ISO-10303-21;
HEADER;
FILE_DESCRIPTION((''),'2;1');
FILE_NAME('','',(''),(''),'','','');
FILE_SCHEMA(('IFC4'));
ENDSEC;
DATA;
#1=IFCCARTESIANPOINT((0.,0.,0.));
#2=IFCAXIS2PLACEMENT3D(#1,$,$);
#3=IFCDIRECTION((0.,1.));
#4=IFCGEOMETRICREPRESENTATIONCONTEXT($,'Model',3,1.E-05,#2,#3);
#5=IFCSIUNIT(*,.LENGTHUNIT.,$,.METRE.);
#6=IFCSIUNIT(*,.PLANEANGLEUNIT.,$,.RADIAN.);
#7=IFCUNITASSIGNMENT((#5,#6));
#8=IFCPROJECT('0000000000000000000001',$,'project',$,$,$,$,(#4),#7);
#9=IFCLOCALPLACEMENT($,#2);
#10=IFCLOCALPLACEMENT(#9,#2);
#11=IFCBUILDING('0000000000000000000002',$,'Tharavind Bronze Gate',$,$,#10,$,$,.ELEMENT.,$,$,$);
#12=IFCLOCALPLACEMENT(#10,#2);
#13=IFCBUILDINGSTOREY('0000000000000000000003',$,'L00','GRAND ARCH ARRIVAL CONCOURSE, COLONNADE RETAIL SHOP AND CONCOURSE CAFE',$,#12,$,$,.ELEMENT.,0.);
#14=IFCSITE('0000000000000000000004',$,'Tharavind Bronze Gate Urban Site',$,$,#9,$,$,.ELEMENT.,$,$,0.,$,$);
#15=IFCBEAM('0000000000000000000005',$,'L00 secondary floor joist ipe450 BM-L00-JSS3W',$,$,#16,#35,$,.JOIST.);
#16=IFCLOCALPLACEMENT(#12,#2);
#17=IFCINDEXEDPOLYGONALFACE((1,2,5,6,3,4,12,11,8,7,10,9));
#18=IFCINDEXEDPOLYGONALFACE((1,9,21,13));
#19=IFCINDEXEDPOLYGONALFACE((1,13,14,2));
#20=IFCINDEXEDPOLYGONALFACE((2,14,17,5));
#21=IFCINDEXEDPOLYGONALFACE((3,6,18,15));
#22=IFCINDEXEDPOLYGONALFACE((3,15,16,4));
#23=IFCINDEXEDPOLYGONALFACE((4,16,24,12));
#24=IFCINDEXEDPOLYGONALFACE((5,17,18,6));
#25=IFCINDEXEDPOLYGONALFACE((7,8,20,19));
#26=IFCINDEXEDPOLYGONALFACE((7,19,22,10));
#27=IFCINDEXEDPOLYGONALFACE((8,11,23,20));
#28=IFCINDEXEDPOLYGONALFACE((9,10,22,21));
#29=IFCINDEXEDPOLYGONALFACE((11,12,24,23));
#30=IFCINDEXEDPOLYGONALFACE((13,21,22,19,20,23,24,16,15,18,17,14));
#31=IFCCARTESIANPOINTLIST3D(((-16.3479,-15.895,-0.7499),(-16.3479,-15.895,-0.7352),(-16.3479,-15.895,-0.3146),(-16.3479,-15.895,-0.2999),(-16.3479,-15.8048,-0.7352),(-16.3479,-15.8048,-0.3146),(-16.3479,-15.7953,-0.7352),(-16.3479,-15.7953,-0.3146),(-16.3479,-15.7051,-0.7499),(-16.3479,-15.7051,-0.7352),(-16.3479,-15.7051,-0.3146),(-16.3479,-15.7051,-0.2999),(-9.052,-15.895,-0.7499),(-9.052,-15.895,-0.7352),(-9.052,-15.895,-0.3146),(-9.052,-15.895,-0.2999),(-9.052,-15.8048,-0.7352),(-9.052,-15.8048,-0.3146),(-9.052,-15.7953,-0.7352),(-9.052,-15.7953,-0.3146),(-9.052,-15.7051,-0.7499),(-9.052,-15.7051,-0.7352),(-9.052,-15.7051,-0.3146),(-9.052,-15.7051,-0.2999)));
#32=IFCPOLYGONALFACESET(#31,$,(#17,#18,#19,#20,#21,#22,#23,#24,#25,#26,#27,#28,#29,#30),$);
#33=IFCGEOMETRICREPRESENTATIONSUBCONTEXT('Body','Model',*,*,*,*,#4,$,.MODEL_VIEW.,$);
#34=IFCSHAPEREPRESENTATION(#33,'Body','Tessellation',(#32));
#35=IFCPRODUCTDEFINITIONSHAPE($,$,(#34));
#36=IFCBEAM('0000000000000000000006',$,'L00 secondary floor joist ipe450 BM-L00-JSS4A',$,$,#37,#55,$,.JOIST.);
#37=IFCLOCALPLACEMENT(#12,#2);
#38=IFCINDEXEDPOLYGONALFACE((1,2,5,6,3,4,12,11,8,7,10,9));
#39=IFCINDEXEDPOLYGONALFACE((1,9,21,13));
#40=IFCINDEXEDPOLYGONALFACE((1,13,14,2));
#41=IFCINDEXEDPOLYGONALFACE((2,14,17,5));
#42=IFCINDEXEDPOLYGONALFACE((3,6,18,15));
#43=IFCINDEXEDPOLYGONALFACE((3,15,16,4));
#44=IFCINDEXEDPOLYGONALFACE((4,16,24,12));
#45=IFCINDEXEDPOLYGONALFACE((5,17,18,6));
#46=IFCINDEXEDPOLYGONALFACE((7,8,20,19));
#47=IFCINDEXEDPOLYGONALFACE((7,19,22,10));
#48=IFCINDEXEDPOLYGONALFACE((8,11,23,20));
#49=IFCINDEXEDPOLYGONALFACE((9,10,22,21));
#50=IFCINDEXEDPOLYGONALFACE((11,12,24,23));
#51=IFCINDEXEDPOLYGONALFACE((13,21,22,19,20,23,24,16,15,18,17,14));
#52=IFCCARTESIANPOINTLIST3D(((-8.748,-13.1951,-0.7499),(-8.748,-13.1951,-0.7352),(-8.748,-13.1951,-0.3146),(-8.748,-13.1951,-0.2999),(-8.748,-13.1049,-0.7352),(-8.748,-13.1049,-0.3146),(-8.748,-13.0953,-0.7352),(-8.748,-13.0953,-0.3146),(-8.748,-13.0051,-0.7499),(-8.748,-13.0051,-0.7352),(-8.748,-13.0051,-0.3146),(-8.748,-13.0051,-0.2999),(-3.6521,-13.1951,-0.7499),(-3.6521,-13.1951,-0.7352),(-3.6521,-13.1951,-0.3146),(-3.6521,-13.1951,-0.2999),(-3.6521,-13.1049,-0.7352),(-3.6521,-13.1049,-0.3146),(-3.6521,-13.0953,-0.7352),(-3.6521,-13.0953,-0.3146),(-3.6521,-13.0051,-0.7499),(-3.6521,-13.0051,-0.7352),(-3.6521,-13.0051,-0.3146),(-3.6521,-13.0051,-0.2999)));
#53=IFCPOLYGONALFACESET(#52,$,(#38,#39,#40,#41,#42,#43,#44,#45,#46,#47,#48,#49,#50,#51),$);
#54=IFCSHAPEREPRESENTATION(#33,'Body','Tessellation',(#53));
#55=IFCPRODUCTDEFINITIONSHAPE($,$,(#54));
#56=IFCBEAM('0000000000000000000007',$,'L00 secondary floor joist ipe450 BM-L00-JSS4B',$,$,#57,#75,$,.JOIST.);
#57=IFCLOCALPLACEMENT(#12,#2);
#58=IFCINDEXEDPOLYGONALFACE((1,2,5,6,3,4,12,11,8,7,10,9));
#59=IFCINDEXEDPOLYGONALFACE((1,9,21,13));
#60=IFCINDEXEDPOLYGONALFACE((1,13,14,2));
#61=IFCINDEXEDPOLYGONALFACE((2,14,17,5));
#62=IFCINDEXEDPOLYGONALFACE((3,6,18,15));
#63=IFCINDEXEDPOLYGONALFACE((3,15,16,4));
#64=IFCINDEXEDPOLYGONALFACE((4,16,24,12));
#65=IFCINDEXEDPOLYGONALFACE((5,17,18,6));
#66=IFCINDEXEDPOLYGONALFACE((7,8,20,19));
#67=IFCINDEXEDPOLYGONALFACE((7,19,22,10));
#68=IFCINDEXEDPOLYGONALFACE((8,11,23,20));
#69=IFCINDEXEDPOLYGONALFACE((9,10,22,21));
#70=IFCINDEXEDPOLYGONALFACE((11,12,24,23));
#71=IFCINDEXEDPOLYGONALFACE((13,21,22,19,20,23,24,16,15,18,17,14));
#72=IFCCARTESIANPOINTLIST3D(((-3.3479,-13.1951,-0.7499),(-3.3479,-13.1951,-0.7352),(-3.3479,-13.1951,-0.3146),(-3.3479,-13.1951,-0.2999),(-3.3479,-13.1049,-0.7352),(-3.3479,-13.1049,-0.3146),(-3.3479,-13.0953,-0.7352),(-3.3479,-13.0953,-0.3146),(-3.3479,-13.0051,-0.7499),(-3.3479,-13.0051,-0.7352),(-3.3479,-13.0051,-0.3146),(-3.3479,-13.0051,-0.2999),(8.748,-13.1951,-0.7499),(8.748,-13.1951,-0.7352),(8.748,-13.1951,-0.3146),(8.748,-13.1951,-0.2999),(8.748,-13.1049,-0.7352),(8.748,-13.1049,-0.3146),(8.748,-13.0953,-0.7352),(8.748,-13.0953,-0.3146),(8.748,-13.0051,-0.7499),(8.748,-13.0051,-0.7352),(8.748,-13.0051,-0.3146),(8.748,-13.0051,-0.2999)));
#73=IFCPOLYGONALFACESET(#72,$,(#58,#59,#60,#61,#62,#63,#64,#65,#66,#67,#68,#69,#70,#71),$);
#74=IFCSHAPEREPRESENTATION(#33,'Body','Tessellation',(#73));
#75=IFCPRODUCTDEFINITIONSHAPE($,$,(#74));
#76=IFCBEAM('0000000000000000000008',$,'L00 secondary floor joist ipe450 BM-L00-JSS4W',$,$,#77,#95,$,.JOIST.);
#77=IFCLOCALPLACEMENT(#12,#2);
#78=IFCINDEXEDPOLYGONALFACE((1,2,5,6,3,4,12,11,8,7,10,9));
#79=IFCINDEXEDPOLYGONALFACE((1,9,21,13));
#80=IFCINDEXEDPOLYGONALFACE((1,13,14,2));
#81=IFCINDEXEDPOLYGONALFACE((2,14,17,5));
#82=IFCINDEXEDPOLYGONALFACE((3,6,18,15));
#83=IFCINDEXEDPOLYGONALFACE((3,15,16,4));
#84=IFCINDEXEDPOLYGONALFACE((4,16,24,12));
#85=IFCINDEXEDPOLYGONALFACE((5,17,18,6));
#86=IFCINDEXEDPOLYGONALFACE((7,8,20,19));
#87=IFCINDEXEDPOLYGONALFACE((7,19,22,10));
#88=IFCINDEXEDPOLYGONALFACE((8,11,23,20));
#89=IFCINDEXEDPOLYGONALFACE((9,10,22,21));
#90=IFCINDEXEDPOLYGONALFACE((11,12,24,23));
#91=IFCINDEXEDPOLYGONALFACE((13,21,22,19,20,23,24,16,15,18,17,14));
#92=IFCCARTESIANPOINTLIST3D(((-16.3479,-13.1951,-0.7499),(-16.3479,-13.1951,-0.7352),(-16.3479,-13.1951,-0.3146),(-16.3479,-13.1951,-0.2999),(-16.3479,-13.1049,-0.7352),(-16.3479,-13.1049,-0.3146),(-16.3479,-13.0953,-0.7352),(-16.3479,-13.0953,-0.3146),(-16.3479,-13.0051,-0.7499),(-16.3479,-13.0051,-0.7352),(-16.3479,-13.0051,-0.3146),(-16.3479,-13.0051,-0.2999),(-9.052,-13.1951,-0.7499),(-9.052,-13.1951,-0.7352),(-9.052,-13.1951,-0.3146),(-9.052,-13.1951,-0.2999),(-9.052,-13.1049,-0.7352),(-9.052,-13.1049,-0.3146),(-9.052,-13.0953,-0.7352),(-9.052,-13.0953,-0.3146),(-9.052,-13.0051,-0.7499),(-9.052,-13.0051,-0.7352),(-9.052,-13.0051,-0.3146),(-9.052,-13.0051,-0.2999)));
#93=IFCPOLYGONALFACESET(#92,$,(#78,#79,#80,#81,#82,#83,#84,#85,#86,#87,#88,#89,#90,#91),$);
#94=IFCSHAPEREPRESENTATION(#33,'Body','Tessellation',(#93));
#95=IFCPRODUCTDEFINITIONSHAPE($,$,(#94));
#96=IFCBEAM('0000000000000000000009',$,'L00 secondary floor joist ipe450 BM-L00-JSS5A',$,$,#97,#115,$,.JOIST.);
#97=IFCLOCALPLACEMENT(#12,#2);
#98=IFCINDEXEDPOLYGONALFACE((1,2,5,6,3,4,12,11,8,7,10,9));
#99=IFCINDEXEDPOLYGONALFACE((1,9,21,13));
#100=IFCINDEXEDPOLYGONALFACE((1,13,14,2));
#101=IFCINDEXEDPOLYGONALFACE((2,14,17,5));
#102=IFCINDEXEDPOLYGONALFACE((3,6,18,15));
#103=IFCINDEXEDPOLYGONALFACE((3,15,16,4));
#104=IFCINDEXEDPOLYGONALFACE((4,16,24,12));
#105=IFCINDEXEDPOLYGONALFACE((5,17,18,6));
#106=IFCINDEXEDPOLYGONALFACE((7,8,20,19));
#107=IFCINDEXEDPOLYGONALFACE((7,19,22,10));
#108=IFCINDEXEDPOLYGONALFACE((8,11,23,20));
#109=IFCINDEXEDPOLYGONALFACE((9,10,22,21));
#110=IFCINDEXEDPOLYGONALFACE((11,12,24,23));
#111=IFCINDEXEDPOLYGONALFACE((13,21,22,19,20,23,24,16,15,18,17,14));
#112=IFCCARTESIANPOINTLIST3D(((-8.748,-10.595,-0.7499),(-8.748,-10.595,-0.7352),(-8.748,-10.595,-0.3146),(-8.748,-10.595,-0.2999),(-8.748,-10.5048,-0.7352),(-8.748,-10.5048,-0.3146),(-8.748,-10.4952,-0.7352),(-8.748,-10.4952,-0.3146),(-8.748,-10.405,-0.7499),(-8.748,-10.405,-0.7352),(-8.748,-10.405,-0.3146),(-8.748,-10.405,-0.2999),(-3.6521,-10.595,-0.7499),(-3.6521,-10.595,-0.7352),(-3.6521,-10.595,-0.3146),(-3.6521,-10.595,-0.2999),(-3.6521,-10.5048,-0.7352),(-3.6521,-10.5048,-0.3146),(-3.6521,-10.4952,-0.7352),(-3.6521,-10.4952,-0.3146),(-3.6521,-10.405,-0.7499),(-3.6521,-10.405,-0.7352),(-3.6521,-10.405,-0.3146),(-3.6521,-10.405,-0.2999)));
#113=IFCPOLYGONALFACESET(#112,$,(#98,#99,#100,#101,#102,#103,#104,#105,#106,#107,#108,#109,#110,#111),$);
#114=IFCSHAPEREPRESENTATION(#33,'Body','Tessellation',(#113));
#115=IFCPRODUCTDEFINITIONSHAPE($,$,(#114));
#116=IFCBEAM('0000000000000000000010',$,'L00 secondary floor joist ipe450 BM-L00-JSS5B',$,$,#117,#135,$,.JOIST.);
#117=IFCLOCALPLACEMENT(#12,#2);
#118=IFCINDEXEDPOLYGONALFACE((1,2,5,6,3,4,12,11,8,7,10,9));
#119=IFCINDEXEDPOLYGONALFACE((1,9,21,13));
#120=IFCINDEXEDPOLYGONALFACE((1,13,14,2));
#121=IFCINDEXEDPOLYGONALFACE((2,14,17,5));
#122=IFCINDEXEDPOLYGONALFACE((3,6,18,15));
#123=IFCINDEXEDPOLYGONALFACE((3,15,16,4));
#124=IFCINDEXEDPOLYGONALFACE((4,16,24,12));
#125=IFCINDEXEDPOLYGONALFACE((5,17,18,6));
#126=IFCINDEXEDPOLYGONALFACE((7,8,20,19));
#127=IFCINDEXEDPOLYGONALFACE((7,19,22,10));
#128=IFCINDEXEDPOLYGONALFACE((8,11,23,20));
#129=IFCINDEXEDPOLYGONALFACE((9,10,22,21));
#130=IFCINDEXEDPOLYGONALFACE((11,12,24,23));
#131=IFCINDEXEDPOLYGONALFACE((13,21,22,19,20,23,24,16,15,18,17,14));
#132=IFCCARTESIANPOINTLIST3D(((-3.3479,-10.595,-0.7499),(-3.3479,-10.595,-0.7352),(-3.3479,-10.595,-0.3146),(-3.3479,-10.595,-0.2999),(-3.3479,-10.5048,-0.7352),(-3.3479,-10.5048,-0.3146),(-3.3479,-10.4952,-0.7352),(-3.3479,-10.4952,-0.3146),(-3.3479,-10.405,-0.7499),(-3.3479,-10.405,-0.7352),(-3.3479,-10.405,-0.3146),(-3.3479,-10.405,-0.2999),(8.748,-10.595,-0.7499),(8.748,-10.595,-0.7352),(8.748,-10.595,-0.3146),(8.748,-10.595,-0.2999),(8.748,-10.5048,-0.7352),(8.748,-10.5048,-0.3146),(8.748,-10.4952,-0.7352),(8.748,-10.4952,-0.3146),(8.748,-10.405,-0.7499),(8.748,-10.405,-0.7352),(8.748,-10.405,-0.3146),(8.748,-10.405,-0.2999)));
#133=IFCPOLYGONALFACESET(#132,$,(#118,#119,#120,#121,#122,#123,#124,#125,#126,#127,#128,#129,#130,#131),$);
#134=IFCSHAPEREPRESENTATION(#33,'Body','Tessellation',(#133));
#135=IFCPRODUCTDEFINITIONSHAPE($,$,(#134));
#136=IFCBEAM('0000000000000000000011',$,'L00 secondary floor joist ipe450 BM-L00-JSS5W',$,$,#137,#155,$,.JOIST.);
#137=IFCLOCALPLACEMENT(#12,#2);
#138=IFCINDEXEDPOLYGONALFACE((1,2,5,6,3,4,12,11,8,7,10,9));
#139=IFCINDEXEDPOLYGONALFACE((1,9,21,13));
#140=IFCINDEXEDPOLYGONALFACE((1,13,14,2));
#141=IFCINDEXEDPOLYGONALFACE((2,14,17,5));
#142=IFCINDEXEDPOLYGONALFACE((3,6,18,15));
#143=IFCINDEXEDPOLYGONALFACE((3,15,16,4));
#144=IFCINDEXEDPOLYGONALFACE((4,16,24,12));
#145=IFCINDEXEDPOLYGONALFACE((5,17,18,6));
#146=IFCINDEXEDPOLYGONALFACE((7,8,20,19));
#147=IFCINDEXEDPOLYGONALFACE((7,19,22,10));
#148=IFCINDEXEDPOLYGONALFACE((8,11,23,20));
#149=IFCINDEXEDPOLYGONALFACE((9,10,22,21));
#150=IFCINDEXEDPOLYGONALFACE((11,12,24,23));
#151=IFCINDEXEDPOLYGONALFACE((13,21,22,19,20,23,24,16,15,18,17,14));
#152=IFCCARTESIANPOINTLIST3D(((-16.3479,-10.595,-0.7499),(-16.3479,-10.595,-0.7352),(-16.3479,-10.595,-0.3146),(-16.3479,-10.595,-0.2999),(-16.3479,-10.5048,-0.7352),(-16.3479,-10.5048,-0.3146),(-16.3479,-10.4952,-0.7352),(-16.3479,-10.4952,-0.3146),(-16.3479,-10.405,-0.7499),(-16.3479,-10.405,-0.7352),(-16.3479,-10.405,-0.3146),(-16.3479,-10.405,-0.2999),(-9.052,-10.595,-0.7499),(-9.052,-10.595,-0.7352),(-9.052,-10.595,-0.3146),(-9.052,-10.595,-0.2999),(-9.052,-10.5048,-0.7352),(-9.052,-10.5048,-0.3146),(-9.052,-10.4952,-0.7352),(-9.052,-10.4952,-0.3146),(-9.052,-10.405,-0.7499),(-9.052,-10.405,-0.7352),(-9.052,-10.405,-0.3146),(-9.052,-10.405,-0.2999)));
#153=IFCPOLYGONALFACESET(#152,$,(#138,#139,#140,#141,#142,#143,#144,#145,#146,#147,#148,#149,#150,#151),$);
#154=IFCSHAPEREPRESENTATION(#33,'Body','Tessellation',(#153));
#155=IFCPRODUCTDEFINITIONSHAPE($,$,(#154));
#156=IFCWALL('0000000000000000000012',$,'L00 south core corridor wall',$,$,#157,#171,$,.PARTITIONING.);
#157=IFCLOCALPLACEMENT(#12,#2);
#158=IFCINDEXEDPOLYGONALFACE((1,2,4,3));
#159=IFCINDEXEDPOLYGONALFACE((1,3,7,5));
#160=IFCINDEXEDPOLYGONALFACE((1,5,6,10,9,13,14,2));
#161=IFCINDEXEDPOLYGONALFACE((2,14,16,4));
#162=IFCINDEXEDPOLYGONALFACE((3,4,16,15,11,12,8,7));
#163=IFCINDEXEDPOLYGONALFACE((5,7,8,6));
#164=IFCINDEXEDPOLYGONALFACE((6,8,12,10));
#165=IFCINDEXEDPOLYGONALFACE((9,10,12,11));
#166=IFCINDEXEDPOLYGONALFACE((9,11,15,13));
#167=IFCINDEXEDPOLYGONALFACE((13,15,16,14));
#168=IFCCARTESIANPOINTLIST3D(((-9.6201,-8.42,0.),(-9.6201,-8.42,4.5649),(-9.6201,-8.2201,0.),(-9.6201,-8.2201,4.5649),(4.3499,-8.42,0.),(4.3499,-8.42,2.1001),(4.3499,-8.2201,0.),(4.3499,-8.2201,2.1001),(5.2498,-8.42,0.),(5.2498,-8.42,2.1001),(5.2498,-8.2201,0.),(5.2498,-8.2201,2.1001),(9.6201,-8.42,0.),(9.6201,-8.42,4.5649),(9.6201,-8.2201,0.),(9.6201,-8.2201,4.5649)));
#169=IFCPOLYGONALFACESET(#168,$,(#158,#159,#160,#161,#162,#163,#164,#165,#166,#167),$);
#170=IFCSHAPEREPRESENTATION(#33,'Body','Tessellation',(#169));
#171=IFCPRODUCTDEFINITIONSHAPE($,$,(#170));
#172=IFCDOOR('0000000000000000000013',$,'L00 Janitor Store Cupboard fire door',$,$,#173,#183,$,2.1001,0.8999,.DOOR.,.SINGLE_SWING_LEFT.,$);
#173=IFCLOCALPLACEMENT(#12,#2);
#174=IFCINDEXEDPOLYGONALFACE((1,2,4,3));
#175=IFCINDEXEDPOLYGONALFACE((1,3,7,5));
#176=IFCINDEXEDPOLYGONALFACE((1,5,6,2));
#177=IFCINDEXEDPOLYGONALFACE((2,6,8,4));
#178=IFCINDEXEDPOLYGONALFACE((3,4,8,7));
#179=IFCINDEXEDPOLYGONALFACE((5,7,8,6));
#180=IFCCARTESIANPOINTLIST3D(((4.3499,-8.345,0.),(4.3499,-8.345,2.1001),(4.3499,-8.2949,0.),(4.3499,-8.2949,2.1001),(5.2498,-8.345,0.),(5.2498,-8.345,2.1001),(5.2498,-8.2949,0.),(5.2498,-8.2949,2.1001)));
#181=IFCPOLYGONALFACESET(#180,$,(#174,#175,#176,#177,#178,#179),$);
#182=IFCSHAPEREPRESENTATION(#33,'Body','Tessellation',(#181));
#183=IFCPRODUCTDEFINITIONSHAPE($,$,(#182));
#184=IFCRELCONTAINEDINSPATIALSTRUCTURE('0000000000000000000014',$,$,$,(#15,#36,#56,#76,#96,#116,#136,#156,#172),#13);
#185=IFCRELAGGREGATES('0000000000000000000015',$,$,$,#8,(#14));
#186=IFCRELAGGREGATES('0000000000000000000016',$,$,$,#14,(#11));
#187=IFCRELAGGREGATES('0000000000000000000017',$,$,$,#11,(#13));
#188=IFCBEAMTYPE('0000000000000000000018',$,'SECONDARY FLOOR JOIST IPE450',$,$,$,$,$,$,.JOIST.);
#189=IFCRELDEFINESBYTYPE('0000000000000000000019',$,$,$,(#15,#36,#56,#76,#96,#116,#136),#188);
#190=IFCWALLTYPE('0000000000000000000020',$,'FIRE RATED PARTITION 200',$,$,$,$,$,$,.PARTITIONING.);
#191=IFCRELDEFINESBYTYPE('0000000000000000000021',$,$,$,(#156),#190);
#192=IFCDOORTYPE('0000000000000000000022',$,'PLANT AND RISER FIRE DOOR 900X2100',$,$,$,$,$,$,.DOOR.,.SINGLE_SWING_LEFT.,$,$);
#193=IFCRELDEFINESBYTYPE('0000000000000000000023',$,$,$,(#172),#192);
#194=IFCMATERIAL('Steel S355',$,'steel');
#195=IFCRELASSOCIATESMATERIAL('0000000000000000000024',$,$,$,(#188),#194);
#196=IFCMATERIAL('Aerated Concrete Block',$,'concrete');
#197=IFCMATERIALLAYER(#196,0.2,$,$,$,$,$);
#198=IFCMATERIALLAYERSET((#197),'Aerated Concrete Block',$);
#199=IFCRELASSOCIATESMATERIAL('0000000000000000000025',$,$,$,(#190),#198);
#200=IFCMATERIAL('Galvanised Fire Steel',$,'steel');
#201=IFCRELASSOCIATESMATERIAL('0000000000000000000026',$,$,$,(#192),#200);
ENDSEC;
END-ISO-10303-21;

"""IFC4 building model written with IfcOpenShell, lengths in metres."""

from ifc_helpers import new_model, si_unit, direction, frame, frame_2d, origin, origin_2d, place, context, subcontext, project, spatial, rectangle, i_section, extrude, material, layer, layer_set, material_profile, profile_set, type_object, element, fill, save


model = new_model("IFC4")

# Units and contexts
model_context = context("Model", 3, precision=1e-05, world=origin(), true_north=direction((0.0, 1.0)))
body_context = subcontext(model_context, "Body", "Model", "MODEL_VIEW")
ifc_project = project(units=[si_unit("LENGTHUNIT", "METRE"), si_unit("PLANEANGLEUNIT", "RADIAN")], contexts=[model_context])

# Site, building, storey
site_placement = place(None, origin())
site = spatial("IfcSite", under=ifc_project, at=site_placement, Name="Tharavind Bronze Gate Urban Site", CompositionType="ELEMENT", RefElevation=0.0)
building_placement = place(site_placement, origin())
building = spatial("IfcBuilding", under=site, at=building_placement, Name="Tharavind Bronze Gate", CompositionType="ELEMENT")
storey_placement = place(building_placement, origin())
storey = spatial("IfcBuildingStorey", under=building, at=storey_placement, Name="L00", Description="GRAND ARCH ARRIVAL CONCOURSE, COLONNADE RETAIL SHOP AND CONCOURSE CAFE", CompositionType="ELEMENT", Elevation=0.0)

# Beams
ifc_material_1 = material(Name="Steel S355", Category="steel")
ifc_material_profile_1 = material_profile(ifc_material_1, i_section(OverallWidth=0.1899, OverallDepth=0.45, WebThickness=0.0095, FlangeThickness=0.0146, at=origin_2d()), Name="IPE450")
ifc_profile_set_1 = profile_set([ifc_material_profile_1], Name="Steel S355")
beam_type_1 = type_object("IfcBeamType", Name="SECONDARY FLOOR JOIST IPE450", PredefinedType="JOIST", material=ifc_profile_set_1)
beam_1_placement = place(storey_placement, frame((-16.3479, -15.8, -0.5249), z_axis=(1.0, 0.0, 0.0), x_axis=(0.0, 1.0, 0.0)))
element("IfcBeam", 1, at=beam_1_placement, inside=storey, type_object=beam_type_1, Name="L00 secondary floor joist ipe450 BM-L00-JSS3W", PredefinedType="JOIST", context=body_context, shape_type="SweptSolid", body=[
    extrude(i_section(OverallWidth=0.1899, OverallDepth=0.45, WebThickness=0.0095, FlangeThickness=0.0146, at=origin_2d()), origin(), (0.0, 0.0, 1.0), 7.2959),
])
beam_2_placement = place(storey_placement, frame((-8.748, -13.1001, -0.5249), z_axis=(1.0, 0.0, 0.0), x_axis=(0.0, 1.0, 0.0)))
element("IfcBeam", 2, at=beam_2_placement, inside=storey, type_object=beam_type_1, Name="L00 secondary floor joist ipe450 BM-L00-JSS4A", PredefinedType="JOIST", context=body_context, shape_type="SweptSolid", body=[
    extrude(i_section(OverallWidth=0.1899, OverallDepth=0.45, WebThickness=0.0095, FlangeThickness=0.0146, at=origin_2d()), origin(), (0.0, 0.0, 1.0), 5.0959),
])
beam_3_placement = place(storey_placement, frame((-3.3479, -13.1001, -0.5249), z_axis=(1.0, 0.0, 0.0), x_axis=(0.0, 1.0, 0.0)))
element("IfcBeam", 3, at=beam_3_placement, inside=storey, type_object=beam_type_1, Name="L00 secondary floor joist ipe450 BM-L00-JSS4B", PredefinedType="JOIST", context=body_context, shape_type="SweptSolid", body=[
    extrude(i_section(OverallWidth=0.1899, OverallDepth=0.45, WebThickness=0.0095, FlangeThickness=0.0146, at=origin_2d()), origin(), (0.0, 0.0, 1.0), 12.0959),
])
beam_4_placement = place(storey_placement, frame((-16.3479, -13.1001, -0.5249), z_axis=(1.0, 0.0, 0.0), x_axis=(0.0, 1.0, 0.0)))
element("IfcBeam", 4, at=beam_4_placement, inside=storey, type_object=beam_type_1, Name="L00 secondary floor joist ipe450 BM-L00-JSS4W", PredefinedType="JOIST", context=body_context, shape_type="SweptSolid", body=[
    extrude(i_section(OverallWidth=0.1899, OverallDepth=0.45, WebThickness=0.0095, FlangeThickness=0.0146, at=origin_2d()), origin(), (0.0, 0.0, 1.0), 7.2959),
])
beam_5_placement = place(storey_placement, frame((-8.748, -10.5, -0.5249), z_axis=(1.0, 0.0, 0.0), x_axis=(0.0, 1.0, 0.0)))
element("IfcBeam", 5, at=beam_5_placement, inside=storey, type_object=beam_type_1, Name="L00 secondary floor joist ipe450 BM-L00-JSS5A", PredefinedType="JOIST", context=body_context, shape_type="SweptSolid", body=[
    extrude(i_section(OverallWidth=0.1899, OverallDepth=0.45, WebThickness=0.0095, FlangeThickness=0.0146, at=origin_2d()), origin(), (0.0, 0.0, 1.0), 5.0959),
])
beam_6_placement = place(storey_placement, frame((-3.3479, -10.5, -0.5249), z_axis=(1.0, 0.0, 0.0), x_axis=(0.0, 1.0, 0.0)))
element("IfcBeam", 6, at=beam_6_placement, inside=storey, type_object=beam_type_1, Name="L00 secondary floor joist ipe450 BM-L00-JSS5B", PredefinedType="JOIST", context=body_context, shape_type="SweptSolid", body=[
    extrude(i_section(OverallWidth=0.1899, OverallDepth=0.45, WebThickness=0.0095, FlangeThickness=0.0146, at=origin_2d()), origin(), (0.0, 0.0, 1.0), 12.0959),
])
beam_7_placement = place(storey_placement, frame((-16.3479, -10.5, -0.5249), z_axis=(1.0, 0.0, 0.0), x_axis=(0.0, 1.0, 0.0)))
element("IfcBeam", 7, at=beam_7_placement, inside=storey, type_object=beam_type_1, Name="L00 secondary floor joist ipe450 BM-L00-JSS5W", PredefinedType="JOIST", context=body_context, shape_type="SweptSolid", body=[
    extrude(i_section(OverallWidth=0.1899, OverallDepth=0.45, WebThickness=0.0095, FlangeThickness=0.0146, at=origin_2d()), origin(), (0.0, 0.0, 1.0), 7.2959),
])

# Wall, opening, door
ifc_material_2 = material(Name="Aerated Concrete Block", Category="concrete")
ifc_layer_1 = layer(ifc_material_2, 0.2)
ifc_layer_set_1 = layer_set([ifc_layer_1], Name="Aerated Concrete Block")
wall_type_1 = type_object("IfcWallType", Name="FIRE RATED PARTITION 200", PredefinedType="PARTITIONING", material=ifc_layer_set_1)
wall_1_placement = place(storey_placement, frame((-9.6201, -8.3201, 0.0), z_axis=(0.0, 0.0, 1.0), x_axis=(1.0, 0.0, 0.0)))
wall_1 = element("IfcWall", 8, at=wall_1_placement, inside=storey, type_object=wall_type_1, Name="L00 south core corridor wall", PredefinedType="PARTITIONING", context=body_context, shape_type="SweptSolid", body=[
    extrude(rectangle(XDim=19.2402, YDim=0.2, at=frame_2d((9.6201, 0.0))), origin(), (0.0, 0.0, 1.0), 4.5649),
])
opening_1_placement = place(wall_1_placement, frame((13.97, 0.0, 0.0)))
opening_1 = element("IfcOpeningElement", 9, at=opening_1_placement, cuts=wall_1, PredefinedType="OPENING", context=body_context, shape_type="SweptSolid", body=[
    extrude(rectangle(XDim=0.8999, YDim=2.1001, at=frame_2d((0.45, 1.05))), frame((0.0, 0.1101, 0.0), z_axis=(0.0, -1.0, 0.0), x_axis=(1.0, 0.0, 0.0)), (0.0, 0.0, 1.0), 0.22),
])
ifc_material_3 = material(Name="Galvanised Fire Steel", Category="steel")
door_type_1 = type_object("IfcDoorType", Name="PLANT AND RISER FIRE DOOR 900X2100", OperationType="SINGLE_SWING_LEFT", PredefinedType="DOOR", material=ifc_material_3)
door_1_placement = place(opening_1_placement, frame((0.8999, 0.0, 0.0), z_axis=(0.0, 0.0, 1.0), x_axis=(-1.0, 0.0, 0.0)))
door_1 = element("IfcDoor", 10, at=door_1_placement, inside=storey, type_object=door_type_1, Name="L00 Janitor Store Cupboard fire door", OperationType="SINGLE_SWING_LEFT", OverallHeight=2.1001, OverallWidth=0.8999, PredefinedType="DOOR", context=body_context, shape_type="SweptSolid", body=[
    extrude(rectangle(XDim=0.8999, YDim=2.1001, at=frame_2d((0.45, 1.05))), frame((0.0, 0.0249, 0.0), z_axis=(0.0, -1.0, 0.0), x_axis=(1.0, 0.0, 0.0)), (0.0, 0.0, 1.0), 0.05),
])
fill(opening_1, door_1)

save(model, "model.ifc")
